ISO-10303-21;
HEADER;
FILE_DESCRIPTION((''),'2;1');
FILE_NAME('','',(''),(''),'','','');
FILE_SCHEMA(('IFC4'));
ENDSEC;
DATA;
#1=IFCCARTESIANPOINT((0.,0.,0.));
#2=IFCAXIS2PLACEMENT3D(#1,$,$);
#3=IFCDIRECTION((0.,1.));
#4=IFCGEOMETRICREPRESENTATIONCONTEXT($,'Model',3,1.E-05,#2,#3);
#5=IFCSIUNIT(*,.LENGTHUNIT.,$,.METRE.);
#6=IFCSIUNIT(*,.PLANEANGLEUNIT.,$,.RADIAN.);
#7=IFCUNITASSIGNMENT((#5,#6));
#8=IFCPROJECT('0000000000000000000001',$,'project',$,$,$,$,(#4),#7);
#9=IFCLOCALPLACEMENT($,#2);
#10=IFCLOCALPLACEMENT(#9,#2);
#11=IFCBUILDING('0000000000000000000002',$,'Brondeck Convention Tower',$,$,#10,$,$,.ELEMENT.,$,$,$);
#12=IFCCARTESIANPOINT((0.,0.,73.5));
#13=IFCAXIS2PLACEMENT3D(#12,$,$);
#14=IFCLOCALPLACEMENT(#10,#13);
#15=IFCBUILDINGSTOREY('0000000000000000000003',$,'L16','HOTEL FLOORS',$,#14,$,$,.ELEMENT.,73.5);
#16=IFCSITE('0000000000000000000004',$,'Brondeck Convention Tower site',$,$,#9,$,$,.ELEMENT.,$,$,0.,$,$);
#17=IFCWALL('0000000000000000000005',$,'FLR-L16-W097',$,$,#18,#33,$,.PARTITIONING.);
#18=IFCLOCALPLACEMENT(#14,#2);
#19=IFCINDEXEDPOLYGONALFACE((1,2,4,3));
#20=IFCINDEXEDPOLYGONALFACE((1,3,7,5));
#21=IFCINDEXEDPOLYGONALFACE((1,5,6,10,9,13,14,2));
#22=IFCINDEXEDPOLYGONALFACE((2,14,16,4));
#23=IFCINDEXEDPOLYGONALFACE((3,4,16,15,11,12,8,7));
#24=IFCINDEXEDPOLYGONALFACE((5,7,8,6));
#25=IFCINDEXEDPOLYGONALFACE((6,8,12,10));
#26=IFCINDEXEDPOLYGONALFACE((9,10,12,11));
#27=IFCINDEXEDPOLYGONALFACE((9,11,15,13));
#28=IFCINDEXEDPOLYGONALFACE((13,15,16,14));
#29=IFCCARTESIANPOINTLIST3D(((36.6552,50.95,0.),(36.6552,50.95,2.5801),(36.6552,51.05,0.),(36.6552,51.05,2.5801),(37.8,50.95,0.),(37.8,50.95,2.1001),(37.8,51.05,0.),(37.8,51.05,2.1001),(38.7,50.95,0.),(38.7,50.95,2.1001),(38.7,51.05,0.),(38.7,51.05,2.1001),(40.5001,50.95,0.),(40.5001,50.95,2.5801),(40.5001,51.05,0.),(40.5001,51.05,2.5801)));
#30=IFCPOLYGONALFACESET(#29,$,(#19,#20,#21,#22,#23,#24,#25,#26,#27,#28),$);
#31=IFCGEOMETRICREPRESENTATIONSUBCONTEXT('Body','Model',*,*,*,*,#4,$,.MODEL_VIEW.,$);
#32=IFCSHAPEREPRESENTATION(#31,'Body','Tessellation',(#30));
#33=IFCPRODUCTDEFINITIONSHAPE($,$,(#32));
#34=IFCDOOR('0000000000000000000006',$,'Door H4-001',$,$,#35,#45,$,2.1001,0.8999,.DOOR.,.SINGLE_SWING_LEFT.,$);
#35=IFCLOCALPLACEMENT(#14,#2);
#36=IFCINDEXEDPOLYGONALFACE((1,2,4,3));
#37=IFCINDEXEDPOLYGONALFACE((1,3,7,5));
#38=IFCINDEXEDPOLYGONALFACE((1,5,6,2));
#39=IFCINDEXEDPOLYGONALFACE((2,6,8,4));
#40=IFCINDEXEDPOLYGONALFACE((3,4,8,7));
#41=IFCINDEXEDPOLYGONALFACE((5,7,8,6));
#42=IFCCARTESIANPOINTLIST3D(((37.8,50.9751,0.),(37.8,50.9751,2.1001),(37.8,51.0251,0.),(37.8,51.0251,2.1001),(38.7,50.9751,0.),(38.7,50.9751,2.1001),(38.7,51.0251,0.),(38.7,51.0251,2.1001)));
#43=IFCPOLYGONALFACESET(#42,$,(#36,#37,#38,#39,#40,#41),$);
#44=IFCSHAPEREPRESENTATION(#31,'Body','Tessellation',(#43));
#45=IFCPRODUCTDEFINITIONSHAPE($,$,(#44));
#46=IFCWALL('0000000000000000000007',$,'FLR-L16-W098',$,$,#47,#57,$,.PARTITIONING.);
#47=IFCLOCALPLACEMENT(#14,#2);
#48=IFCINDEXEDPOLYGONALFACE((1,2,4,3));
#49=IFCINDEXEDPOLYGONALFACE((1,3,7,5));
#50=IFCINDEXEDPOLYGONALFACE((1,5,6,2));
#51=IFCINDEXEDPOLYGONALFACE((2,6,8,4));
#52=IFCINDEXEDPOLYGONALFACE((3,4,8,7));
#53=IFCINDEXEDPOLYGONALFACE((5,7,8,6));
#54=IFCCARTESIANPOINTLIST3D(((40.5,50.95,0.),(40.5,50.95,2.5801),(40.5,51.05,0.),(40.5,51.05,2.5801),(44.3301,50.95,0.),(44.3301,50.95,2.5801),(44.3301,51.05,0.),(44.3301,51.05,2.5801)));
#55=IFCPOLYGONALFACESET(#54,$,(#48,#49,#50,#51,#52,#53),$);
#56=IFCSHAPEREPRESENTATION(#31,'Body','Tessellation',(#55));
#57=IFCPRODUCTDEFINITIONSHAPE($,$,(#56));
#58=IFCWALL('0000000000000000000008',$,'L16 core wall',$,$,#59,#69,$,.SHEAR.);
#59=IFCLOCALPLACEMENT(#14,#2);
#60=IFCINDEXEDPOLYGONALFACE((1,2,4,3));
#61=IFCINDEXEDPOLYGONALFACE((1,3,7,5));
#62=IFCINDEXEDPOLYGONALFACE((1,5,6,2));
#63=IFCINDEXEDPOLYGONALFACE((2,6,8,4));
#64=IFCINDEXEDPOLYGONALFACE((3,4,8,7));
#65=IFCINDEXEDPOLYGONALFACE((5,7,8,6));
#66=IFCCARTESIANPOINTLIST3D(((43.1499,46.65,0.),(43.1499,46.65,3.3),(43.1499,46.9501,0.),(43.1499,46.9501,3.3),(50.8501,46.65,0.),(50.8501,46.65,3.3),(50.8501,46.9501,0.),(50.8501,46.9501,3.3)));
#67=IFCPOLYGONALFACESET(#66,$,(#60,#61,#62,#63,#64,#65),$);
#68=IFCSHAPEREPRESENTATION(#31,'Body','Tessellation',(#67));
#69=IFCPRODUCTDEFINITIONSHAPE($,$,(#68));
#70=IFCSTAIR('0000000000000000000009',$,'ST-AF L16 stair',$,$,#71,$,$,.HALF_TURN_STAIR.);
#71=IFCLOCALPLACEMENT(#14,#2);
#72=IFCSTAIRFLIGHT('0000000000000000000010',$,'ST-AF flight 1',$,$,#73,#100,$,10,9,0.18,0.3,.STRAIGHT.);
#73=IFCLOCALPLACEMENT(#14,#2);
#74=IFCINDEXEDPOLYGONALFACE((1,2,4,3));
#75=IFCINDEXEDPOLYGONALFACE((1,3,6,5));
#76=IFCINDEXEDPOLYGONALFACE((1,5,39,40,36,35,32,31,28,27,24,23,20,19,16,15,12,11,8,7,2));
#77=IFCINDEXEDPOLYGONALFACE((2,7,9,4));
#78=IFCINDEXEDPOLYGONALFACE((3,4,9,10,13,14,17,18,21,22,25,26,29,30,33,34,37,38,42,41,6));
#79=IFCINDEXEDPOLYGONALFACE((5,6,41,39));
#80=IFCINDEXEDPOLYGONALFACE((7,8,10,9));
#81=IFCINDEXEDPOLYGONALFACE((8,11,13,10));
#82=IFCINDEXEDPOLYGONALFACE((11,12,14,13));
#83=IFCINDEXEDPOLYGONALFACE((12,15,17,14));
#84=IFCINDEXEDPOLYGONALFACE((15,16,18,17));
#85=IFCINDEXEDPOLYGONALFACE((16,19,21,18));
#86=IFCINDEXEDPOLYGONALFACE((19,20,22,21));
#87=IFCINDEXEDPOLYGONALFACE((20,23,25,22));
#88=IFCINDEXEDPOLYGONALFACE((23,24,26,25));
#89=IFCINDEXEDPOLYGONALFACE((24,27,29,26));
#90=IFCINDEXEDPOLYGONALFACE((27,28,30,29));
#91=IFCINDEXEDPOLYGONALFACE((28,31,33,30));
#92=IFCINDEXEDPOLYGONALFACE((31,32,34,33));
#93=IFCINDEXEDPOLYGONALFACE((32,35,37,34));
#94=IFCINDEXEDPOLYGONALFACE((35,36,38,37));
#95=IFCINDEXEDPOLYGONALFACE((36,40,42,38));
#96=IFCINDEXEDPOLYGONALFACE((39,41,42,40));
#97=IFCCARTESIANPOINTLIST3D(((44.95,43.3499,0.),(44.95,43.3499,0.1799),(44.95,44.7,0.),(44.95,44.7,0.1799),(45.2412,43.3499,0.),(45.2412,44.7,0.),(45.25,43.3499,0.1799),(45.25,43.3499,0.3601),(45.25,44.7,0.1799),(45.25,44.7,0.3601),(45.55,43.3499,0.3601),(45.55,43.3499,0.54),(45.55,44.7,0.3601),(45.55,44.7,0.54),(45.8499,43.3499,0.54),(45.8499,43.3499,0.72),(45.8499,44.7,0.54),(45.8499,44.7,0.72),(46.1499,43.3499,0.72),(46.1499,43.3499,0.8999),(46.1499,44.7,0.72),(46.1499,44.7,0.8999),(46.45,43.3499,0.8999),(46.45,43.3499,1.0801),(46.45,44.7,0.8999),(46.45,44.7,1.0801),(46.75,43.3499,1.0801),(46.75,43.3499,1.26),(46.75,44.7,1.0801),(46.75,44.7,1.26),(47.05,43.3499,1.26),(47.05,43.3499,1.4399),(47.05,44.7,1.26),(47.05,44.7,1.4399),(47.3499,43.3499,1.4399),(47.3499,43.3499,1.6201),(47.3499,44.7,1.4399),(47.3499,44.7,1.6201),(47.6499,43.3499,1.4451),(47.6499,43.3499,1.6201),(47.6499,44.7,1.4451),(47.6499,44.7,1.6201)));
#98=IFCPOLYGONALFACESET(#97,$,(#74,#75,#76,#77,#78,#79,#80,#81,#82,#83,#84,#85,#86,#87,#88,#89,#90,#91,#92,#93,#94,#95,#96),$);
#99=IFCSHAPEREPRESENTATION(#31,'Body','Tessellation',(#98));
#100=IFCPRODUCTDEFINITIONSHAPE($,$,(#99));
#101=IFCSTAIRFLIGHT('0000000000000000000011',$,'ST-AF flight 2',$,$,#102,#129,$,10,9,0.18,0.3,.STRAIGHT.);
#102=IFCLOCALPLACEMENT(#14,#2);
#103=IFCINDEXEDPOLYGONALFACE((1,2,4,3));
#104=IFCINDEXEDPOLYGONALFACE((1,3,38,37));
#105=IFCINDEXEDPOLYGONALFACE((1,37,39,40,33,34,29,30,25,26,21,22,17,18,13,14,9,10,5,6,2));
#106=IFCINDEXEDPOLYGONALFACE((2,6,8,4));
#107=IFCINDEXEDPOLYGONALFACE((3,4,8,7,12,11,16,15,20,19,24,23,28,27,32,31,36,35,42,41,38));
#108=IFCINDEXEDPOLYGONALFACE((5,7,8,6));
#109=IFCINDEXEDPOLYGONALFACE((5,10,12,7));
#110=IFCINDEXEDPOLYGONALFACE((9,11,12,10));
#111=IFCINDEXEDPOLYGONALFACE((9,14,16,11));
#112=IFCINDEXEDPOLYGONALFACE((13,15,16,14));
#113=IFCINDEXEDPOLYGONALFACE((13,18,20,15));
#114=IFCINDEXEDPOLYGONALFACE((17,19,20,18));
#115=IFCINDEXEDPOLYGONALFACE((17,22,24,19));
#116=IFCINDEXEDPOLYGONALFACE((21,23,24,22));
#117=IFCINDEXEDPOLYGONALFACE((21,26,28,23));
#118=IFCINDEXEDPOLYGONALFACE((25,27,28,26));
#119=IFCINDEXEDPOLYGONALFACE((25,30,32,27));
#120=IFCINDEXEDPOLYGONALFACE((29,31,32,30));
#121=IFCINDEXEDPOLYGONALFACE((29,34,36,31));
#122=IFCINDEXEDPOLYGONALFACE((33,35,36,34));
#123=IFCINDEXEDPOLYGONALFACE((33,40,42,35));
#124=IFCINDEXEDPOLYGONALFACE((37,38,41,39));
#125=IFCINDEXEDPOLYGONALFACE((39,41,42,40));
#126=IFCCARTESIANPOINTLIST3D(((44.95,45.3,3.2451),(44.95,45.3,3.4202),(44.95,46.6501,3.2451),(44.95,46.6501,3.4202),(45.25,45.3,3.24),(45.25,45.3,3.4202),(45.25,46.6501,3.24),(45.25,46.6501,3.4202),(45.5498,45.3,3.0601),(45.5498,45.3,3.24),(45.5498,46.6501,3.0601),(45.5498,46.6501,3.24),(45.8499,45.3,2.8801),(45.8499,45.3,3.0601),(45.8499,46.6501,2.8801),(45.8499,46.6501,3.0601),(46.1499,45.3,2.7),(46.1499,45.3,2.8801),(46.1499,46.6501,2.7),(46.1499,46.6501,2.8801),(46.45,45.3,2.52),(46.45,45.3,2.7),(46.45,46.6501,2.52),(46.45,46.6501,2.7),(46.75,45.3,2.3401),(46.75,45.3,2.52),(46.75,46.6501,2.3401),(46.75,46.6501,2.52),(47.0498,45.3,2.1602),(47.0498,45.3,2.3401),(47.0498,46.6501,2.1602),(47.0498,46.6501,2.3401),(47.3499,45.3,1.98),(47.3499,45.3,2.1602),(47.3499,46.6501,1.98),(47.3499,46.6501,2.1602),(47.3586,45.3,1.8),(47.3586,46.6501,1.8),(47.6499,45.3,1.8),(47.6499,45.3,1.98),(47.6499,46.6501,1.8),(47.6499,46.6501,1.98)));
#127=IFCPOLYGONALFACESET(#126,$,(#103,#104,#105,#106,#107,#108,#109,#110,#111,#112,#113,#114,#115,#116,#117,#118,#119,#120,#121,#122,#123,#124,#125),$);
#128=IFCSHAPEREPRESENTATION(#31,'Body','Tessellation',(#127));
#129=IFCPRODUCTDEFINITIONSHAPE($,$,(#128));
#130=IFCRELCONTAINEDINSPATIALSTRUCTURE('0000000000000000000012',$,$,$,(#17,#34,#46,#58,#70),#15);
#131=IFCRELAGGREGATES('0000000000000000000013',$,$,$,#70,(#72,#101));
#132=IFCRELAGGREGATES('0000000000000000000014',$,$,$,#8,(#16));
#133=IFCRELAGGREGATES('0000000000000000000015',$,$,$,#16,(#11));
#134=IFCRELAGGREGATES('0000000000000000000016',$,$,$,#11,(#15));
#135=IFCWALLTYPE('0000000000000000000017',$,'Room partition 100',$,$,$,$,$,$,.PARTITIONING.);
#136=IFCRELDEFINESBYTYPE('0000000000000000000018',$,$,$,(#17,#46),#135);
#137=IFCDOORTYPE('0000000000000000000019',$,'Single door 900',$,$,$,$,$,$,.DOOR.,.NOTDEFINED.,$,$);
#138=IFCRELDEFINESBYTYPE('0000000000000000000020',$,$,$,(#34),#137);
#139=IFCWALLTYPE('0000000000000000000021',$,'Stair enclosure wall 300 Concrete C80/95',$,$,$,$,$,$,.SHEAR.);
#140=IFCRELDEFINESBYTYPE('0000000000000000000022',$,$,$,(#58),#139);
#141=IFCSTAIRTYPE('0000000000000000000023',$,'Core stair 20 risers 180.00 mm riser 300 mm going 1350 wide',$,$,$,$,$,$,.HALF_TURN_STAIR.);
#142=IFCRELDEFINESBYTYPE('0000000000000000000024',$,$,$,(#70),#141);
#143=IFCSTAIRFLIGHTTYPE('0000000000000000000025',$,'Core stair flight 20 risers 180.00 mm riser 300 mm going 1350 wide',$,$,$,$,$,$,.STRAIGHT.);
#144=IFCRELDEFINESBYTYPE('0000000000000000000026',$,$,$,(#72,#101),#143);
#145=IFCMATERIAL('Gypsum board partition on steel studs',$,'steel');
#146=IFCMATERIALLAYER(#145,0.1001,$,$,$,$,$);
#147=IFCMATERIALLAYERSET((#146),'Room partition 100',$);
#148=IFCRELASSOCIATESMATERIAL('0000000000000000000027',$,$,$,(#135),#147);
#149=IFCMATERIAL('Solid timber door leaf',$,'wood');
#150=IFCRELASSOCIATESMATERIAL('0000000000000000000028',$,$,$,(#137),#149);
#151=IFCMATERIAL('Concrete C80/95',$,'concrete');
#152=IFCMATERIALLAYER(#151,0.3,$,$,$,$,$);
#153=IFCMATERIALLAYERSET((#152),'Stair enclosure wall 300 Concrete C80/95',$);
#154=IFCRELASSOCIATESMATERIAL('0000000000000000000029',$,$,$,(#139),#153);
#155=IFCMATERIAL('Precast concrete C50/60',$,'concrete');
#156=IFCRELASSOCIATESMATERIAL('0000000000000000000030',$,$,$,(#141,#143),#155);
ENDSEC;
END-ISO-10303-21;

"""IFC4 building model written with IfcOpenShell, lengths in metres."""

from ifc_helpers import new_model, si_unit, direction, frame, frame_2d, origin, place, context, subcontext, project, spatial, polyline, rectangle, outline, extrude, material, layer, layer_set, type_object, element, fill, aggregate, save


model = new_model("IFC4")

# Units and contexts
model_context = context("Model", 3, precision=1e-05, world=origin(), true_north=direction((0.0, 1.0)))
body_context = subcontext(model_context, "Body", "Model", "MODEL_VIEW")
ifc_project = project(units=[si_unit("LENGTHUNIT", "METRE"), si_unit("PLANEANGLEUNIT", "RADIAN")], contexts=[model_context])

# Site, building, storey
site_placement = place(None, origin())
site = spatial("IfcSite", under=ifc_project, at=site_placement, Name="Brondeck Convention Tower site", CompositionType="ELEMENT", RefElevation=0.0)
building_placement = place(site_placement, origin())
building = spatial("IfcBuilding", under=site, at=building_placement, Name="Brondeck Convention Tower", CompositionType="ELEMENT")
storey_placement = place(building_placement, frame((0.0, 0.0, 73.5)))
storey = spatial("IfcBuildingStorey", under=building, at=storey_placement, Name="L16", Description="HOTEL FLOORS", CompositionType="ELEMENT", Elevation=73.5)

# Shared definitions
ifc_material_1 = material(Name="Concrete C80/95", Category="concrete")

# Shared definitions
ifc_material_2 = material(Name="Gypsum board partition on steel studs", Category="steel")
ifc_layer_1 = layer(ifc_material_2, 0.1001)
ifc_layer_set_1 = layer_set([ifc_layer_1], Name="Room partition 100")
wall_type_1 = type_object("IfcWallType", Name="Room partition 100", PredefinedType="PARTITIONING", material=ifc_layer_set_1)

# Wall, opening, door
ifc_material_3 = material(Name="Solid timber door leaf", Category="wood")
door_type = type_object("IfcDoorType", Name="Single door 900", OperationType="NOTDEFINED", PredefinedType="DOOR", material=ifc_material_3)
wall_1_placement = place(storey_placement, frame((40.5, 51.0, 0.0), z_axis=(0.0, 0.0, 1.0), x_axis=(-1.0, 0.0, 0.0)))
wall_1 = element("IfcWall", 1, at=wall_1_placement, inside=storey, type_object=wall_type_1, Name="FLR-L16-W097", PredefinedType="PARTITIONING", context=body_context, shape_type="SweptSolid", body=[
    extrude(rectangle(XDim=3.845, YDim=0.1001, at=frame_2d((1.9224, 0.0))), origin(), (0.0, 0.0, 1.0), 2.5801),
])
opening_1_placement = place(wall_1_placement, frame((1.8, 0.0, 0.0)))
opening_1 = element("IfcOpeningElement", 2, at=opening_1_placement, cuts=wall_1, PredefinedType="OPENING", context=body_context, shape_type="SweptSolid", body=[
    extrude(rectangle(XDim=0.8999, YDim=2.1001, at=frame_2d((0.45, 1.05))), frame((0.0, 0.0601, 0.0), z_axis=(0.0, -1.0, 0.0), x_axis=(1.0, 0.0, 0.0)), (0.0, 0.0, 1.0), 0.1201),
])
door_1_placement = place(opening_1_placement, origin())
door_1 = element("IfcDoor", 3, at=door_1_placement, inside=storey, type_object=door_type, Name="Door H4-001", OperationType="SINGLE_SWING_LEFT", OverallHeight=2.1001, OverallWidth=0.8999, PredefinedType="DOOR", context=body_context, shape_type="SweptSolid", body=[
    extrude(rectangle(XDim=0.8999, YDim=2.1001, at=frame_2d((0.45, 1.05))), frame((0.0, 0.0249, 0.0), z_axis=(0.0, -1.0, 0.0), x_axis=(1.0, 0.0, 0.0)), (0.0, 0.0, 1.0), 0.05),
])
fill(opening_1, door_1)

# Walls
wall_2_placement = place(storey_placement, frame((44.3301, 51.0, 0.0), z_axis=(0.0, 0.0, 1.0), x_axis=(-1.0, 0.0, 0.0)))
element("IfcWall", 4, at=wall_2_placement, inside=storey, type_object=wall_type_1, Name="FLR-L16-W098", PredefinedType="PARTITIONING", context=body_context, shape_type="SweptSolid", body=[
    extrude(rectangle(XDim=3.8301, YDim=0.1001, at=frame_2d((1.915, 0.0))), origin(), (0.0, 0.0, 1.0), 2.5801),
])
ifc_layer_2 = layer(ifc_material_1, 0.3)
ifc_layer_set_2 = layer_set([ifc_layer_2], Name="Stair enclosure wall 300 Concrete C80/95")
wall_type_2 = type_object("IfcWallType", Name="Stair enclosure wall 300 Concrete C80/95", PredefinedType="SHEAR", material=ifc_layer_set_2)
wall_3_placement = place(storey_placement, frame((43.1499, 46.8, 0.0), z_axis=(0.0, 0.0, 1.0), x_axis=(1.0, 0.0, 0.0)))
element("IfcWall", 5, at=wall_3_placement, inside=storey, type_object=wall_type_2, Name="L16 core wall", PredefinedType="SHEAR", context=body_context, shape_type="SweptSolid", body=[
    extrude(rectangle(XDim=7.7002, YDim=0.3, at=frame_2d((3.8501, 0.0))), origin(), (0.0, 0.0, 1.0), 3.3),
])

# Stair, stair flights
ifc_material_4 = material(Name="Precast concrete C50/60", Category="concrete")
stair_type = type_object("IfcStairType", Name="Core stair 20 risers 180.00 mm riser 300 mm going 1350 wide", PredefinedType="HALF_TURN_STAIR", material=ifc_material_4)
stair_placement = place(storey_placement, origin())
stair = element("IfcStair", 6, at=stair_placement, inside=storey, type_object=stair_type, Name="ST-AF L16 stair", PredefinedType="HALF_TURN_STAIR")
stair_flight_type = type_object("IfcStairFlightType", Name="Core stair flight 20 risers 180.00 mm riser 300 mm going 1350 wide", PredefinedType="STRAIGHT", material=ifc_material_4)
stair_flight_1_placement = place(storey_placement, frame((44.95, 44.0249, 0.0), z_axis=(0.0, 0.0, 1.0), x_axis=(1.0, 0.0, 0.0)))
stair_flight_1 = element("IfcStairFlight", 7, at=stair_flight_1_placement, type_object=stair_flight_type, Name="ST-AF flight 1", NumberOfRisers=10, NumberOfTreads=9, PredefinedType="STRAIGHT", RiserHeight=0.18, TreadLength=0.3, context=body_context, shape_type="SweptSolid", body=[
    extrude(outline(polyline([(0.0, 0.0), (0.0, 0.1799), (0.3, 0.1799), (0.3, 0.3601), (0.6001, 0.3601), (0.6001, 0.54), (0.8999, 0.54), (0.8999, 0.72), (1.2, 0.72), (1.2, 0.8999), (1.5, 0.8999), (1.5, 1.0801), (1.8, 1.0801), (1.8, 1.26), (2.1001, 1.26), (2.1001, 1.4399), (2.3999, 1.4399), (2.3999, 1.6201), (2.7, 1.6201), (2.7, 1.8), (2.7, 1.4451), (0.2913, 0.0), (0.0, 0.0)])), frame((0.0, 0.675, 0.0), z_axis=(0.0, -1.0, 0.0), x_axis=(1.0, 0.0, 0.0)), (0.0, 0.0, 1.0), 1.3501),
])
stair_flight_2_placement = place(storey_placement, frame((47.6499, 45.9751, 1.8), z_axis=(0.0, 0.0, 1.0), x_axis=(-1.0, 0.0, 0.0)))
stair_flight_2 = element("IfcStairFlight", 8, at=stair_flight_2_placement, type_object=stair_flight_type, Name="ST-AF flight 2", NumberOfRisers=10, NumberOfTreads=9, PredefinedType="STRAIGHT", RiserHeight=0.18, TreadLength=0.3, context=body_context, shape_type="SweptSolid", body=[
    extrude(outline(polyline([(0.0, 0.0), (0.0, 0.1799), (0.3, 0.1799), (0.3, 0.3601), (0.6001, 0.3601), (0.6001, 0.54), (0.8999, 0.54), (0.8999, 0.72), (1.2, 0.72), (1.2, 0.8999), (1.5, 0.8999), (1.5, 1.0801), (1.8, 1.0801), (1.8, 1.26), (2.1001, 1.26), (2.1001, 1.4399), (2.3999, 1.4399), (2.3999, 1.6201), (2.7, 1.6201), (2.7, 1.8), (2.7, 1.4451), (0.2913, 0.0), (0.0, 0.0)])), frame((0.0, 0.675, 0.0), z_axis=(0.0, -1.0, 0.0), x_axis=(1.0, 0.0, 0.0)), (0.0, 0.0, 1.0), 1.3501),
])
aggregate(stair, [stair_flight_1, stair_flight_2])

save(model, "model.ifc")
